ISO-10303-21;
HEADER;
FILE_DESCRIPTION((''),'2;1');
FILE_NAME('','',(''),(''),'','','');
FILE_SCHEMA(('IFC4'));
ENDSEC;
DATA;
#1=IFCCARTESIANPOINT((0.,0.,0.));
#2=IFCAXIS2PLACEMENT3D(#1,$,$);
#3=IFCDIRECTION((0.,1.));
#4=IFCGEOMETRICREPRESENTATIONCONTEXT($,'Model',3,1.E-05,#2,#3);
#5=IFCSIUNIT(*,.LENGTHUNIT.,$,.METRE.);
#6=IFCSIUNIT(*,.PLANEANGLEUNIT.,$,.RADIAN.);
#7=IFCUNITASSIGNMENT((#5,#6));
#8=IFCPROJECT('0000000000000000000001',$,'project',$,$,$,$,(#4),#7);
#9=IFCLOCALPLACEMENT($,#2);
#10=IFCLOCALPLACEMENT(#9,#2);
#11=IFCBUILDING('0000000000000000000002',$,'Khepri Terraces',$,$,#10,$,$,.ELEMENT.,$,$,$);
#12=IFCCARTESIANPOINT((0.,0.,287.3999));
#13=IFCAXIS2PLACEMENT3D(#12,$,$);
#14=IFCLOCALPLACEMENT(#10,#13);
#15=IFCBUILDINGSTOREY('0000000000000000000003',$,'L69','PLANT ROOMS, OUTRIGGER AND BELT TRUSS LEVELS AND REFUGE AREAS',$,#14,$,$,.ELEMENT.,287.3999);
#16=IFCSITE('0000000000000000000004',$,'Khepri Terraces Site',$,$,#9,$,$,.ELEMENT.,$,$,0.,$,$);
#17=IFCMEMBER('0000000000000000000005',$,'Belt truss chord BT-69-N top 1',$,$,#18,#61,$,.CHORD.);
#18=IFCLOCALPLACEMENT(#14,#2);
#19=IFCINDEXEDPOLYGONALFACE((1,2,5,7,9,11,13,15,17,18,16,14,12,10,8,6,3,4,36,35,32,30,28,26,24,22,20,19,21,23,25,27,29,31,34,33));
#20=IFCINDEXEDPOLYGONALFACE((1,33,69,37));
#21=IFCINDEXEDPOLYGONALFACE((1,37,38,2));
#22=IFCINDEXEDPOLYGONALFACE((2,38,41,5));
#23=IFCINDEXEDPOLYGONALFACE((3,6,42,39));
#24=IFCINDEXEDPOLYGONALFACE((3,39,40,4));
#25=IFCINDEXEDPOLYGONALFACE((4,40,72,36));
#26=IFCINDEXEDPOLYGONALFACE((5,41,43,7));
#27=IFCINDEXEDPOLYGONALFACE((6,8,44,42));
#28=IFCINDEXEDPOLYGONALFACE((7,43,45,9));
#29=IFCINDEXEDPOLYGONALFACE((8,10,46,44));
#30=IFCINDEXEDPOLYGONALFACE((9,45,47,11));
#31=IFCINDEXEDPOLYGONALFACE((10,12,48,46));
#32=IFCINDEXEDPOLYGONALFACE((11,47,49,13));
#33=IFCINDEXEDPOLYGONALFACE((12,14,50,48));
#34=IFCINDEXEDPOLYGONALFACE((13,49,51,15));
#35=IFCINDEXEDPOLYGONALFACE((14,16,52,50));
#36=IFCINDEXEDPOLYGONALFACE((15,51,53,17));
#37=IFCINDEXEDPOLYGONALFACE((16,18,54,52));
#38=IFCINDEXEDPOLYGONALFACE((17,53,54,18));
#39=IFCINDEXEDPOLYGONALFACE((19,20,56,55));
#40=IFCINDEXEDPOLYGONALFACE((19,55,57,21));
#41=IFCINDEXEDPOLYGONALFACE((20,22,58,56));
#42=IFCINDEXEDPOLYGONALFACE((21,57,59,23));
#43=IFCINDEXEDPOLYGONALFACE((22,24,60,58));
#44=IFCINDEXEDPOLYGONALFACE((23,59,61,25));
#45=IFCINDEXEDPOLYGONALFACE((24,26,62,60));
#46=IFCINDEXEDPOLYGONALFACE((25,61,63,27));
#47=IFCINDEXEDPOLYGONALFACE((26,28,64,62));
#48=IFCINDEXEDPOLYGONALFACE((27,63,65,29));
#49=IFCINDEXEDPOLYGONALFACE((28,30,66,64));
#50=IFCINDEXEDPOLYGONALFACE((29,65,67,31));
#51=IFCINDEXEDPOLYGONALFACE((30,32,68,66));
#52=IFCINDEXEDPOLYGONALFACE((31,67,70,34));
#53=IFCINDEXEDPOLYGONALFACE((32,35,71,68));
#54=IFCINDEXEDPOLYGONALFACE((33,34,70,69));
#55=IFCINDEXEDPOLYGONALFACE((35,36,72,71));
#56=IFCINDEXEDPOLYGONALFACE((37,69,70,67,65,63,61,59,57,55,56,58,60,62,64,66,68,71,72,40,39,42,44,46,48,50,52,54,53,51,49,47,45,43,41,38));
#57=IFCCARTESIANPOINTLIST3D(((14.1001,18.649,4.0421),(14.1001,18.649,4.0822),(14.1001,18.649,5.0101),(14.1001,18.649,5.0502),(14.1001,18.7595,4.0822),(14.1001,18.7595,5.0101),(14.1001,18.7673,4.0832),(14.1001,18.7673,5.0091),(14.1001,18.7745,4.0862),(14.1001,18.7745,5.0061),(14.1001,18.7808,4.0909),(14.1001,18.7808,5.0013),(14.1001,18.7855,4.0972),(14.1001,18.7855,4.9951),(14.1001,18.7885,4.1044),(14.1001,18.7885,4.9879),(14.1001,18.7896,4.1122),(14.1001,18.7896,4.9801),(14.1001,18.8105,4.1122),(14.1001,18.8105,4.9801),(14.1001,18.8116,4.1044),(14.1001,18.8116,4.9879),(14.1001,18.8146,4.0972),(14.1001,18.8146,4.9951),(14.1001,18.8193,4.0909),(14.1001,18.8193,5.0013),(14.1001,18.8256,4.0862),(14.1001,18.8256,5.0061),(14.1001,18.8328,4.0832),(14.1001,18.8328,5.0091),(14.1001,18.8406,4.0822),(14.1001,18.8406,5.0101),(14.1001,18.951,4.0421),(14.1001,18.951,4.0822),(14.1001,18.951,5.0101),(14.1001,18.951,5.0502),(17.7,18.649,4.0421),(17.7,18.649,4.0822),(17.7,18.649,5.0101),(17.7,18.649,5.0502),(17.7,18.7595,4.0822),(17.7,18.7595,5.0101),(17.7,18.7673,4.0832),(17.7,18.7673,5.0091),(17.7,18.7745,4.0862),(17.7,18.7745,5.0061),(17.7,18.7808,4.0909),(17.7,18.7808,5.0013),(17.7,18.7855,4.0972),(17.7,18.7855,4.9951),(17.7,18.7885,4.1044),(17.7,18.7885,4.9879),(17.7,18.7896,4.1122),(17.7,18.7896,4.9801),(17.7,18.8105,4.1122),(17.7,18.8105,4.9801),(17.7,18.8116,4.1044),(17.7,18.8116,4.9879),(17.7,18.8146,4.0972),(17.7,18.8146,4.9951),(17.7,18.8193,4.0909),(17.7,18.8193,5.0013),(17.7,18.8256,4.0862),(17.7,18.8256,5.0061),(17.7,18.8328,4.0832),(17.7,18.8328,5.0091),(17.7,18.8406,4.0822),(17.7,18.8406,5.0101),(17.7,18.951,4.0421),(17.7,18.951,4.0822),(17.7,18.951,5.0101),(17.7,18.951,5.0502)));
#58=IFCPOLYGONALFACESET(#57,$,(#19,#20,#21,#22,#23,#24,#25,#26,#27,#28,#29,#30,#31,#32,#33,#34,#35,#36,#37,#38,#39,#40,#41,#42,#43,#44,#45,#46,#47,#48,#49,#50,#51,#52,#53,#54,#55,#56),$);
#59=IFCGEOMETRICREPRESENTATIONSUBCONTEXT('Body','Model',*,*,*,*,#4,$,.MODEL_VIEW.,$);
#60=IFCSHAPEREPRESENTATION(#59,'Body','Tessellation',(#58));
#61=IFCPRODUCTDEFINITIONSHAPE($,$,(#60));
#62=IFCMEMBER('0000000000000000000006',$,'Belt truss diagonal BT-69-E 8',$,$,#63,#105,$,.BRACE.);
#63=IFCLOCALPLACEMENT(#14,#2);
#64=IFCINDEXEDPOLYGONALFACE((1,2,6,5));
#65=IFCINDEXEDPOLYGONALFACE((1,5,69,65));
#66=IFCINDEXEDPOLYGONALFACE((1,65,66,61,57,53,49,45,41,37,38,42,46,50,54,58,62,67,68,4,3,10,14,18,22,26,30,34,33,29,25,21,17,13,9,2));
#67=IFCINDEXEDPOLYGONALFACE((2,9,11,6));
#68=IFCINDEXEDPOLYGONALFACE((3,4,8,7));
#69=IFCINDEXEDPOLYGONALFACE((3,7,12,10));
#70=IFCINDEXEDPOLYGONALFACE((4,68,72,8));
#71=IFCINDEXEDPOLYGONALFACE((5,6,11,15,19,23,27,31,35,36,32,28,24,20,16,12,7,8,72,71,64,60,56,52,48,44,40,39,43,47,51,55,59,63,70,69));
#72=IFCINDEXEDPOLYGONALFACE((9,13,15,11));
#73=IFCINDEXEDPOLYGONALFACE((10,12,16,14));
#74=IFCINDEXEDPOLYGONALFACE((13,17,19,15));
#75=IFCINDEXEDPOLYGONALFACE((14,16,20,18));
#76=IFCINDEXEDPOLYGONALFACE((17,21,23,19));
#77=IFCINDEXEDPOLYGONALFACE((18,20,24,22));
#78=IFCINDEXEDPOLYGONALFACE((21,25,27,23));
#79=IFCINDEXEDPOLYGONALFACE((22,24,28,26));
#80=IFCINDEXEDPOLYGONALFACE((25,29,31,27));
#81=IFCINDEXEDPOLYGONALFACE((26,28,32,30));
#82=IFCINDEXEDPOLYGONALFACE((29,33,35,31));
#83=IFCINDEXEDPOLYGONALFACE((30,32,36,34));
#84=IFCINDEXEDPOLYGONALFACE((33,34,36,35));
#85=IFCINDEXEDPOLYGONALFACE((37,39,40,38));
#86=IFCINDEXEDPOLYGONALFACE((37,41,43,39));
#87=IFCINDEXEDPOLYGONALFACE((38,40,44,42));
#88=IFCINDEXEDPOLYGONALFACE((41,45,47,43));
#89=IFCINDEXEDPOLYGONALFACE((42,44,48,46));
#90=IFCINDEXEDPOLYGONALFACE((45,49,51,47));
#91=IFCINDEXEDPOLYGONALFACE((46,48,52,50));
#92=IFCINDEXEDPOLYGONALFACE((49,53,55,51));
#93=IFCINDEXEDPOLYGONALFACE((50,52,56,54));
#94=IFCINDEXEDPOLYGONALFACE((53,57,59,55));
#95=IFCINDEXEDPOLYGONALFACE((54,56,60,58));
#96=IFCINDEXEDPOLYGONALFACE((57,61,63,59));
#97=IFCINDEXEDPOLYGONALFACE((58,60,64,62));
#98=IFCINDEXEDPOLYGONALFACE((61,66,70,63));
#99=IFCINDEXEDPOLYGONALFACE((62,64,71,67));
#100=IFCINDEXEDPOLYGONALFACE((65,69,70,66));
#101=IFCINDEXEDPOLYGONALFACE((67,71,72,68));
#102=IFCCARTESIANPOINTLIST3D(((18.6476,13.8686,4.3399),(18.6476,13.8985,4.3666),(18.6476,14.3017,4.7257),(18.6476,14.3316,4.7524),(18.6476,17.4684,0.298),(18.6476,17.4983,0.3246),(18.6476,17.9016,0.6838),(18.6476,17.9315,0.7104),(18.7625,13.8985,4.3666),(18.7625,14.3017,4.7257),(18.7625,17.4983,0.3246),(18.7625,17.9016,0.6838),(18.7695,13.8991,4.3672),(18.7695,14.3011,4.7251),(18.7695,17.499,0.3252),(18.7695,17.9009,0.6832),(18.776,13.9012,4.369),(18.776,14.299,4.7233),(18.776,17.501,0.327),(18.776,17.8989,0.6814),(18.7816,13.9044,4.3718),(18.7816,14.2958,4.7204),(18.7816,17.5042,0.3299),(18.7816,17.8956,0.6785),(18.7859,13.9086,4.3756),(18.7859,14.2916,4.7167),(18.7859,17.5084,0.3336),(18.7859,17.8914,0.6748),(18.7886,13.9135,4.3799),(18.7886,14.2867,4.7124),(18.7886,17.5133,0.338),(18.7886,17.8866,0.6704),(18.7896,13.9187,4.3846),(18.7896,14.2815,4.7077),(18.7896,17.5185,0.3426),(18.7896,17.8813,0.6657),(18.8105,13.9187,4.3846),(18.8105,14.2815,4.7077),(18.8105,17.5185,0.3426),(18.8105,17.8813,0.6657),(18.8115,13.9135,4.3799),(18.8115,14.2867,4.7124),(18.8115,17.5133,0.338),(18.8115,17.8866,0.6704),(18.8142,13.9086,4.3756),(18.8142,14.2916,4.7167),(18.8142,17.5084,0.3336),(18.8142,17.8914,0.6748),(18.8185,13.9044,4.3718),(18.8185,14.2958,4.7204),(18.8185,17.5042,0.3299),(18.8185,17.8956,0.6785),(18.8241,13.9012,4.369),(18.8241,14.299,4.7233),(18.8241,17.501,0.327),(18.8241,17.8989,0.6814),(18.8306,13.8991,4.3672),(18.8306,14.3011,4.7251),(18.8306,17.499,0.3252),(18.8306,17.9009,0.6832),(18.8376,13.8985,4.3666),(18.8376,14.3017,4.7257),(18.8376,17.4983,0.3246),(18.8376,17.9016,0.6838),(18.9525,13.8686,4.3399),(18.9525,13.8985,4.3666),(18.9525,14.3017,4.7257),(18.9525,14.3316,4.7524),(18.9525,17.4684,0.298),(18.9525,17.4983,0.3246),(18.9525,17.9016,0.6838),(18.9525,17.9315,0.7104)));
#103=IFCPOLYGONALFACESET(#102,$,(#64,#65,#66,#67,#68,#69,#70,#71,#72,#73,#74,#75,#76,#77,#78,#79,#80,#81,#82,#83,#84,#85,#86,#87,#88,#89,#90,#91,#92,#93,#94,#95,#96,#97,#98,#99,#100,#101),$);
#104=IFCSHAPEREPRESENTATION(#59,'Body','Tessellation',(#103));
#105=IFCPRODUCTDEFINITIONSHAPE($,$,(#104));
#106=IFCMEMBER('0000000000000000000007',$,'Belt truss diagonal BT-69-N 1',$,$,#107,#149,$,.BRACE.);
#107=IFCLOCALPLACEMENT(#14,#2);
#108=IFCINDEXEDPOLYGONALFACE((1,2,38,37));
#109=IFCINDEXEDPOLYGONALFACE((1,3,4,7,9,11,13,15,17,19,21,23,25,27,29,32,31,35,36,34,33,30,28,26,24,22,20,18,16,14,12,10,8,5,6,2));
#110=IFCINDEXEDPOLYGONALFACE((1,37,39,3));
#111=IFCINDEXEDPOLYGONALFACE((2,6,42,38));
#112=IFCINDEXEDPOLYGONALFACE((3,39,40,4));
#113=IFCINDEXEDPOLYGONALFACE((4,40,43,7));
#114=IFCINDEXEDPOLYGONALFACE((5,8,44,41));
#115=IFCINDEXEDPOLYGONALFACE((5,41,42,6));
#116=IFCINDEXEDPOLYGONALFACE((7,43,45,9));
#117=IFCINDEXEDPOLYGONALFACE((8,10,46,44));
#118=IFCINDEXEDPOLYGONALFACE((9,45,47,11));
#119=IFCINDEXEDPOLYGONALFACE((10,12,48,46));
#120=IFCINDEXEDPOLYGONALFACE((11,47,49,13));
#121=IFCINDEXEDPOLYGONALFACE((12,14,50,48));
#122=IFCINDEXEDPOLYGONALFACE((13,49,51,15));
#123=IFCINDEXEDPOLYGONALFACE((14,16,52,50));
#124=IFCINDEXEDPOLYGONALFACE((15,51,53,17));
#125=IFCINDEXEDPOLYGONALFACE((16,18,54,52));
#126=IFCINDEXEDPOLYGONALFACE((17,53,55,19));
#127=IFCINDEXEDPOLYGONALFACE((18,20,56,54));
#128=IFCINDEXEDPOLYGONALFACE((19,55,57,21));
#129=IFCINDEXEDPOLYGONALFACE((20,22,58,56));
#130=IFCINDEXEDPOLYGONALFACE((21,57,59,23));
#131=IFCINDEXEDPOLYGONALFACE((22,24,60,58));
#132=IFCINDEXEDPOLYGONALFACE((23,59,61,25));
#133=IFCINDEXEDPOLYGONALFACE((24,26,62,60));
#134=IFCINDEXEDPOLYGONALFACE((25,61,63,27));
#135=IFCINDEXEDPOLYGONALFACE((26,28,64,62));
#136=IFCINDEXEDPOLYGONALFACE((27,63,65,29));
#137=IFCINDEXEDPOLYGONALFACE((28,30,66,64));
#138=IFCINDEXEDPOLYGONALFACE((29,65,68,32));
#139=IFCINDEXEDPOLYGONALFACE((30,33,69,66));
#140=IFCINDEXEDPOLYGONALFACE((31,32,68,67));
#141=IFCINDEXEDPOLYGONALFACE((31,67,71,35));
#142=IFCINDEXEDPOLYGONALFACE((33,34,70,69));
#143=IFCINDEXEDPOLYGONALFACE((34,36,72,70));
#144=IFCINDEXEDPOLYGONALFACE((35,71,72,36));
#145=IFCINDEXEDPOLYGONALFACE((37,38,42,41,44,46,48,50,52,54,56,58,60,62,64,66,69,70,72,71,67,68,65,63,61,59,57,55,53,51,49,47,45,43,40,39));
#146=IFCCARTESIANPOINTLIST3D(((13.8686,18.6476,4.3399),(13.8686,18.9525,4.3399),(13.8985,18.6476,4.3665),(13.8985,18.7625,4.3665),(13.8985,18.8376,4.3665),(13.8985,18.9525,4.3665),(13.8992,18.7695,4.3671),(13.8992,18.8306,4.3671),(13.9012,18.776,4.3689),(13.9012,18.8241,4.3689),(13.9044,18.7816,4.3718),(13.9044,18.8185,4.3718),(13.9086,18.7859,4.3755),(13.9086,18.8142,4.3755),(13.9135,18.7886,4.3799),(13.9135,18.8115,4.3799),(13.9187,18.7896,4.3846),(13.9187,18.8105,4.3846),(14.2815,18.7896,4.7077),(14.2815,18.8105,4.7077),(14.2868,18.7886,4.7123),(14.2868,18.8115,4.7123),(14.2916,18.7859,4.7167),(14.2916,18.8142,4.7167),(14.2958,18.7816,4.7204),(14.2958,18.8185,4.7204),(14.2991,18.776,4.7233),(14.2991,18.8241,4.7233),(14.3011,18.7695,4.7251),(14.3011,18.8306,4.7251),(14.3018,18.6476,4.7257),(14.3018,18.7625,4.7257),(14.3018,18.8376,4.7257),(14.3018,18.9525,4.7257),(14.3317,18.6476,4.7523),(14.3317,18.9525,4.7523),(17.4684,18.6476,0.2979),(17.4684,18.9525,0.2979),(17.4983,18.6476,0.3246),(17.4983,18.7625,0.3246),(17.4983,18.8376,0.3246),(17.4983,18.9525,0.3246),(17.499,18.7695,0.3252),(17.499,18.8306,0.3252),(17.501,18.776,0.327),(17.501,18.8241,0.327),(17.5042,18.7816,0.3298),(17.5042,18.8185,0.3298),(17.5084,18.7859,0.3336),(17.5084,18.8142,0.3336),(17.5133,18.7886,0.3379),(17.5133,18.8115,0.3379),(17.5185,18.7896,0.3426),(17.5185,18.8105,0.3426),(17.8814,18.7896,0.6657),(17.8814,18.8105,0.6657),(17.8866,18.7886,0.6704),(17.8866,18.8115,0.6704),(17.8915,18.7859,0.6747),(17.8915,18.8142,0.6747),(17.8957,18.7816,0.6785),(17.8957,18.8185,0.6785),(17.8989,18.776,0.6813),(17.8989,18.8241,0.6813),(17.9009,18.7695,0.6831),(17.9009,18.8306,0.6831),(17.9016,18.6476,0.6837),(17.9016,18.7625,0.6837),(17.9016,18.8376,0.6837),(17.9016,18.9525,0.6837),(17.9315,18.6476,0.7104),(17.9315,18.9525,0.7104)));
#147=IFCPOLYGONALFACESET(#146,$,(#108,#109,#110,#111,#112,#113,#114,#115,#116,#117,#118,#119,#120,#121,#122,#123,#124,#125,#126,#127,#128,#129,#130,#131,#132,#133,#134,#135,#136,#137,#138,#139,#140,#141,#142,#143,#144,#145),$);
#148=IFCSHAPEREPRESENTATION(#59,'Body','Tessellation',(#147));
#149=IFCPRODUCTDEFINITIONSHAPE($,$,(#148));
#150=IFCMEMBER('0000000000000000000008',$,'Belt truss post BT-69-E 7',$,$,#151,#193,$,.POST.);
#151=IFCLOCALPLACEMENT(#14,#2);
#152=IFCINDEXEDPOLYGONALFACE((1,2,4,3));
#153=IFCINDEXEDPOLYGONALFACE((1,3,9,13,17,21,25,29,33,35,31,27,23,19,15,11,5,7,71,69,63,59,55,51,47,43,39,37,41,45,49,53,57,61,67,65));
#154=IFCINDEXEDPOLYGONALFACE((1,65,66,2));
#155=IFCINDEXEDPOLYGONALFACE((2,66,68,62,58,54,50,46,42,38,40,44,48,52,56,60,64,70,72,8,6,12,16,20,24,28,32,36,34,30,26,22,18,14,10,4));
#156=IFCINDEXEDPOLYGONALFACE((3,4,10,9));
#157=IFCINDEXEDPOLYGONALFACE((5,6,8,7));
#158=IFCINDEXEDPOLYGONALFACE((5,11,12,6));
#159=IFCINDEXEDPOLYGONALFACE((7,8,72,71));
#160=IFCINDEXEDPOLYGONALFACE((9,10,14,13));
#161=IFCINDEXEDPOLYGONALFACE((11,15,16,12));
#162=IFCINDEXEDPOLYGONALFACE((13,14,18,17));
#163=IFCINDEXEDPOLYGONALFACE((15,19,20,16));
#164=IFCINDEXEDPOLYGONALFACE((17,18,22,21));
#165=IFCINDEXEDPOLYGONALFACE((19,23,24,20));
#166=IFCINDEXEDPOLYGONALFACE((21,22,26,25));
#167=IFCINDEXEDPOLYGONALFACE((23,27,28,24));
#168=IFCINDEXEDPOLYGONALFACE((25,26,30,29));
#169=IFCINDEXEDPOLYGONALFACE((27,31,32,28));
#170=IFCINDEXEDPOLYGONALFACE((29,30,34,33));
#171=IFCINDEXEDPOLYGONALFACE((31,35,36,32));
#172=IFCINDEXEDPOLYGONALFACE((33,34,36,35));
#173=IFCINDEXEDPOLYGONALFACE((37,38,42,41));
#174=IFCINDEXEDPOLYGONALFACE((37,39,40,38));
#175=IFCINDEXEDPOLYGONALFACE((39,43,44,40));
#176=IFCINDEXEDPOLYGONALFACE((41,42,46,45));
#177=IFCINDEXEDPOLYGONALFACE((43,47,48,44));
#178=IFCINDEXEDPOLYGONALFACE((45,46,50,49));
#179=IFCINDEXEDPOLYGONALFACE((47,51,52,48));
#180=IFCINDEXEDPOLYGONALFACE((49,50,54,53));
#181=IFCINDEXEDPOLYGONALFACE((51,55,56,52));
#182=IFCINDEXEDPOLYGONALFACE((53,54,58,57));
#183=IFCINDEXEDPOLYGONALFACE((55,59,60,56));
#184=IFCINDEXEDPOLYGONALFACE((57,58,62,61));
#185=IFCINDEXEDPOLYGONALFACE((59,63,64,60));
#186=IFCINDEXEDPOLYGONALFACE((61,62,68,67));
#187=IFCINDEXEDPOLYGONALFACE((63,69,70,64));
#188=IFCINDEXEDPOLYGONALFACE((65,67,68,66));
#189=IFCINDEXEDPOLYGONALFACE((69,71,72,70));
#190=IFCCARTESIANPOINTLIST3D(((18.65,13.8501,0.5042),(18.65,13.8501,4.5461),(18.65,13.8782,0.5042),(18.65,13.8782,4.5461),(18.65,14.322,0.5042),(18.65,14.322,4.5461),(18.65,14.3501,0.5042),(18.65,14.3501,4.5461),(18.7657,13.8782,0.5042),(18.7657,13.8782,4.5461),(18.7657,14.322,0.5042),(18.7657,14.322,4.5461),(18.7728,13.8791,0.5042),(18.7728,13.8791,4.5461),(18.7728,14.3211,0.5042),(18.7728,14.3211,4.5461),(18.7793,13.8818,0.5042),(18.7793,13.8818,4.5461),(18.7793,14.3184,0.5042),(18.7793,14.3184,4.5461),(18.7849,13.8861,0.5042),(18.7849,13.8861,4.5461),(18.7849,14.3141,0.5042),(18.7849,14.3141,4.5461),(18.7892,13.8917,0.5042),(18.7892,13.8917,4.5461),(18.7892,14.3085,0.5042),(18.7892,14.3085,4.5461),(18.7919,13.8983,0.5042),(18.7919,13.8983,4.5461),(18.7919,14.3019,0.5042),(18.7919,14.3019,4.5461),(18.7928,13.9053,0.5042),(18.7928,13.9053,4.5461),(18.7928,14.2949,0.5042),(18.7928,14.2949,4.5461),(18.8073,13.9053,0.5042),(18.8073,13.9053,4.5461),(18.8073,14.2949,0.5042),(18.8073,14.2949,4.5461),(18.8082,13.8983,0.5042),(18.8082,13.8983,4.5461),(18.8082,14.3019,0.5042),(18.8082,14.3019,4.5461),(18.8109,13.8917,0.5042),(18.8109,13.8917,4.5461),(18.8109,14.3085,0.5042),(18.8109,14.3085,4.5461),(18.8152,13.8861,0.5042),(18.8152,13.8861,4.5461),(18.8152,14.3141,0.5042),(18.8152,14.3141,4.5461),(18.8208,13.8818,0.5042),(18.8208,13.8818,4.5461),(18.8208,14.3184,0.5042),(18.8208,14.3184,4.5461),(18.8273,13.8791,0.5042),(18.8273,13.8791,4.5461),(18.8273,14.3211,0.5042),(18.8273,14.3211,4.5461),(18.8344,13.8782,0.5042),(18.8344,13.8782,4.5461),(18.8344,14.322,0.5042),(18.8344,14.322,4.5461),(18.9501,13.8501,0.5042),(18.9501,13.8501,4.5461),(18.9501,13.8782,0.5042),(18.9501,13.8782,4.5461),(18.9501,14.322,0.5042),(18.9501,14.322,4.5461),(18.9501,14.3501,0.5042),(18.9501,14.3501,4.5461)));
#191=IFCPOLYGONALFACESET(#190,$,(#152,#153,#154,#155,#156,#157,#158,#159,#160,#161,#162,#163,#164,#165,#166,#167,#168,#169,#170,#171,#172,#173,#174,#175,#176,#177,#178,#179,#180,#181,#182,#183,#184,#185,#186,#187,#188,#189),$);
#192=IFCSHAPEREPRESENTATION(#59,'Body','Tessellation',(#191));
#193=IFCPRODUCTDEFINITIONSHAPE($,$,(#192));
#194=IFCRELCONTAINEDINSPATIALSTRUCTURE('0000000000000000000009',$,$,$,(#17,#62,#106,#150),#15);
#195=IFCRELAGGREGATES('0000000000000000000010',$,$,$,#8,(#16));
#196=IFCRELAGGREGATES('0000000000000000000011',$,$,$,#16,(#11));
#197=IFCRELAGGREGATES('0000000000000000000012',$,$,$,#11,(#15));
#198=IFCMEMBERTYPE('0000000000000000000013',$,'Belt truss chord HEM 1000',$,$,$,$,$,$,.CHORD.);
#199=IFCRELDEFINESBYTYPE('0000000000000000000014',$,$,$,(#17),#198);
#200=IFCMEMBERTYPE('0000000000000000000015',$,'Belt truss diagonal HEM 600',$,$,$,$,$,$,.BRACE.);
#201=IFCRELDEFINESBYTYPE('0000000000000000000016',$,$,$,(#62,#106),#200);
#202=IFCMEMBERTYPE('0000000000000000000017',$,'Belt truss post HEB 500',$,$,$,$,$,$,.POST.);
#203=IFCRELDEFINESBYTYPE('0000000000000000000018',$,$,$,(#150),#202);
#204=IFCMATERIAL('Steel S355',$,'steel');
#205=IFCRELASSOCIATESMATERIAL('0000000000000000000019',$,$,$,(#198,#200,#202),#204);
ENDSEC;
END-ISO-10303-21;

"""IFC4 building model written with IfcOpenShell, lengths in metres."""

from ifc_helpers import new_model, si_unit, direction, frame, origin, origin_2d, place, context, subcontext, project, spatial, i_section, extrude, material, material_profile, profile_set, type_object, element, save


model = new_model("IFC4")

# Units and contexts
model_context = context("Model", 3, precision=1e-05, world=origin(), true_north=direction((0.0, 1.0)))
body_context = subcontext(model_context, "Body", "Model", "MODEL_VIEW")
ifc_project = project(units=[si_unit("LENGTHUNIT", "METRE"), si_unit("PLANEANGLEUNIT", "RADIAN")], contexts=[model_context])

# Site, building, storey
site_placement = place(None, origin())
site = spatial("IfcSite", under=ifc_project, at=site_placement, Name="Khepri Terraces Site", CompositionType="ELEMENT", RefElevation=0.0)
building_placement = place(site_placement, origin())
building = spatial("IfcBuilding", under=site, at=building_placement, Name="Khepri Terraces", CompositionType="ELEMENT")
storey_placement = place(building_placement, frame((0.0, 0.0, 287.3999)))
storey = spatial("IfcBuildingStorey", under=building, at=storey_placement, Name="L69", Description="PLANT ROOMS, OUTRIGGER AND BELT TRUSS LEVELS AND REFUGE AREAS", CompositionType="ELEMENT", Elevation=287.3999)

# Members
ifc_material_1 = material(Name="Steel S355", Category="steel")
ifc_material_profile_1 = material_profile(ifc_material_1, i_section(OverallWidth=0.302, OverallDepth=1.0081, WebThickness=0.021, FlangeThickness=0.04, FilletRadius=0.03, at=origin_2d()), Name="Steel S355", Category="steel")
ifc_profile_set_1 = profile_set([ifc_material_profile_1], Name="Steel S355")
member_type_1 = type_object("IfcMemberType", Name="Belt truss chord HEM 1000", PredefinedType="CHORD", material=ifc_profile_set_1)
for number, where, z_axis, x_axis, name in (
    (1, (17.7, 18.8, 4.5461), (-1.0, 0.0, 0.0), (0.0, -1.0, 0.0), "Belt truss chord BT-69-N top 1"),
):
    element("IfcMember", number, at=place(storey_placement, frame(where, z_axis=z_axis, x_axis=x_axis)), inside=storey, type_object=member_type_1, Name=name, PredefinedType="CHORD", context=body_context, shape_type="SweptSolid", body=[
        extrude(i_section(OverallWidth=0.302, OverallDepth=1.0081, WebThickness=0.021, FlangeThickness=0.04, FilletRadius=0.03, at=origin_2d()), origin(), (0.0, 0.0, 1.0), 3.5999),
    ])
ifc_material_profile_2 = material_profile(ifc_material_1, i_section(OverallWidth=0.3049, OverallDepth=0.6201, WebThickness=0.021, FlangeThickness=0.04, FilletRadius=0.0271, at=origin_2d()), Name="Steel S355", Category="steel")
ifc_profile_set_2 = profile_set([ifc_material_profile_2], Name="Steel S355")
member_type_2 = type_object("IfcMemberType", Name="Belt truss diagonal HEM 600", PredefinedType="BRACE", material=ifc_profile_set_2)
for number, where, z_axis, x_axis, name in (
    (2, (18.8, 14.1001, 4.5461), (0.0, 0.665083, -0.746769), (-1.0, 0.0, 0.0), "Belt truss diagonal BT-69-E 8"),
    (3, (17.7, 18.8, 0.5042), (-0.665083, 0.0, 0.746769), (0.0, -1.0, 0.0), "Belt truss diagonal BT-69-N 1"),
):
    element("IfcMember", number, at=place(storey_placement, frame(where, z_axis=z_axis, x_axis=x_axis)), inside=storey, type_object=member_type_2, Name=name, PredefinedType="BRACE", context=body_context, shape_type="SweptSolid", body=[
        extrude(i_section(OverallWidth=0.3049, OverallDepth=0.6201, WebThickness=0.021, FlangeThickness=0.04, FilletRadius=0.0271, at=origin_2d()), origin(), (0.0, 0.0, 1.0), 5.4126),
    ])
ifc_material_profile_3 = material_profile(ifc_material_1, i_section(OverallWidth=0.3, OverallDepth=0.5, WebThickness=0.0144, FlangeThickness=0.0281, FilletRadius=0.0271, at=origin_2d()), Name="Steel S355", Category="steel")
ifc_profile_set_3 = profile_set([ifc_material_profile_3], Name="Steel S355")
member_type_3 = type_object("IfcMemberType", Name="Belt truss post HEB 500", PredefinedType="POST", material=ifc_profile_set_3)
member_1_placement = place(storey_placement, frame((18.8, 14.1001, 0.5042), z_axis=(0.0, 0.0, 1.0), x_axis=(1.0, 0.0, 0.0)))
element("IfcMember", 4, at=member_1_placement, inside=storey, type_object=member_type_3, Name="Belt truss post BT-69-E 7", PredefinedType="POST", context=body_context, shape_type="SweptSolid", body=[
    extrude(i_section(OverallWidth=0.3, OverallDepth=0.5, WebThickness=0.0144, FlangeThickness=0.0281, FilletRadius=0.0271, at=origin_2d()), origin(), (0.0, 0.0, 1.0), 4.042),
])

save(model, "model.ifc")
